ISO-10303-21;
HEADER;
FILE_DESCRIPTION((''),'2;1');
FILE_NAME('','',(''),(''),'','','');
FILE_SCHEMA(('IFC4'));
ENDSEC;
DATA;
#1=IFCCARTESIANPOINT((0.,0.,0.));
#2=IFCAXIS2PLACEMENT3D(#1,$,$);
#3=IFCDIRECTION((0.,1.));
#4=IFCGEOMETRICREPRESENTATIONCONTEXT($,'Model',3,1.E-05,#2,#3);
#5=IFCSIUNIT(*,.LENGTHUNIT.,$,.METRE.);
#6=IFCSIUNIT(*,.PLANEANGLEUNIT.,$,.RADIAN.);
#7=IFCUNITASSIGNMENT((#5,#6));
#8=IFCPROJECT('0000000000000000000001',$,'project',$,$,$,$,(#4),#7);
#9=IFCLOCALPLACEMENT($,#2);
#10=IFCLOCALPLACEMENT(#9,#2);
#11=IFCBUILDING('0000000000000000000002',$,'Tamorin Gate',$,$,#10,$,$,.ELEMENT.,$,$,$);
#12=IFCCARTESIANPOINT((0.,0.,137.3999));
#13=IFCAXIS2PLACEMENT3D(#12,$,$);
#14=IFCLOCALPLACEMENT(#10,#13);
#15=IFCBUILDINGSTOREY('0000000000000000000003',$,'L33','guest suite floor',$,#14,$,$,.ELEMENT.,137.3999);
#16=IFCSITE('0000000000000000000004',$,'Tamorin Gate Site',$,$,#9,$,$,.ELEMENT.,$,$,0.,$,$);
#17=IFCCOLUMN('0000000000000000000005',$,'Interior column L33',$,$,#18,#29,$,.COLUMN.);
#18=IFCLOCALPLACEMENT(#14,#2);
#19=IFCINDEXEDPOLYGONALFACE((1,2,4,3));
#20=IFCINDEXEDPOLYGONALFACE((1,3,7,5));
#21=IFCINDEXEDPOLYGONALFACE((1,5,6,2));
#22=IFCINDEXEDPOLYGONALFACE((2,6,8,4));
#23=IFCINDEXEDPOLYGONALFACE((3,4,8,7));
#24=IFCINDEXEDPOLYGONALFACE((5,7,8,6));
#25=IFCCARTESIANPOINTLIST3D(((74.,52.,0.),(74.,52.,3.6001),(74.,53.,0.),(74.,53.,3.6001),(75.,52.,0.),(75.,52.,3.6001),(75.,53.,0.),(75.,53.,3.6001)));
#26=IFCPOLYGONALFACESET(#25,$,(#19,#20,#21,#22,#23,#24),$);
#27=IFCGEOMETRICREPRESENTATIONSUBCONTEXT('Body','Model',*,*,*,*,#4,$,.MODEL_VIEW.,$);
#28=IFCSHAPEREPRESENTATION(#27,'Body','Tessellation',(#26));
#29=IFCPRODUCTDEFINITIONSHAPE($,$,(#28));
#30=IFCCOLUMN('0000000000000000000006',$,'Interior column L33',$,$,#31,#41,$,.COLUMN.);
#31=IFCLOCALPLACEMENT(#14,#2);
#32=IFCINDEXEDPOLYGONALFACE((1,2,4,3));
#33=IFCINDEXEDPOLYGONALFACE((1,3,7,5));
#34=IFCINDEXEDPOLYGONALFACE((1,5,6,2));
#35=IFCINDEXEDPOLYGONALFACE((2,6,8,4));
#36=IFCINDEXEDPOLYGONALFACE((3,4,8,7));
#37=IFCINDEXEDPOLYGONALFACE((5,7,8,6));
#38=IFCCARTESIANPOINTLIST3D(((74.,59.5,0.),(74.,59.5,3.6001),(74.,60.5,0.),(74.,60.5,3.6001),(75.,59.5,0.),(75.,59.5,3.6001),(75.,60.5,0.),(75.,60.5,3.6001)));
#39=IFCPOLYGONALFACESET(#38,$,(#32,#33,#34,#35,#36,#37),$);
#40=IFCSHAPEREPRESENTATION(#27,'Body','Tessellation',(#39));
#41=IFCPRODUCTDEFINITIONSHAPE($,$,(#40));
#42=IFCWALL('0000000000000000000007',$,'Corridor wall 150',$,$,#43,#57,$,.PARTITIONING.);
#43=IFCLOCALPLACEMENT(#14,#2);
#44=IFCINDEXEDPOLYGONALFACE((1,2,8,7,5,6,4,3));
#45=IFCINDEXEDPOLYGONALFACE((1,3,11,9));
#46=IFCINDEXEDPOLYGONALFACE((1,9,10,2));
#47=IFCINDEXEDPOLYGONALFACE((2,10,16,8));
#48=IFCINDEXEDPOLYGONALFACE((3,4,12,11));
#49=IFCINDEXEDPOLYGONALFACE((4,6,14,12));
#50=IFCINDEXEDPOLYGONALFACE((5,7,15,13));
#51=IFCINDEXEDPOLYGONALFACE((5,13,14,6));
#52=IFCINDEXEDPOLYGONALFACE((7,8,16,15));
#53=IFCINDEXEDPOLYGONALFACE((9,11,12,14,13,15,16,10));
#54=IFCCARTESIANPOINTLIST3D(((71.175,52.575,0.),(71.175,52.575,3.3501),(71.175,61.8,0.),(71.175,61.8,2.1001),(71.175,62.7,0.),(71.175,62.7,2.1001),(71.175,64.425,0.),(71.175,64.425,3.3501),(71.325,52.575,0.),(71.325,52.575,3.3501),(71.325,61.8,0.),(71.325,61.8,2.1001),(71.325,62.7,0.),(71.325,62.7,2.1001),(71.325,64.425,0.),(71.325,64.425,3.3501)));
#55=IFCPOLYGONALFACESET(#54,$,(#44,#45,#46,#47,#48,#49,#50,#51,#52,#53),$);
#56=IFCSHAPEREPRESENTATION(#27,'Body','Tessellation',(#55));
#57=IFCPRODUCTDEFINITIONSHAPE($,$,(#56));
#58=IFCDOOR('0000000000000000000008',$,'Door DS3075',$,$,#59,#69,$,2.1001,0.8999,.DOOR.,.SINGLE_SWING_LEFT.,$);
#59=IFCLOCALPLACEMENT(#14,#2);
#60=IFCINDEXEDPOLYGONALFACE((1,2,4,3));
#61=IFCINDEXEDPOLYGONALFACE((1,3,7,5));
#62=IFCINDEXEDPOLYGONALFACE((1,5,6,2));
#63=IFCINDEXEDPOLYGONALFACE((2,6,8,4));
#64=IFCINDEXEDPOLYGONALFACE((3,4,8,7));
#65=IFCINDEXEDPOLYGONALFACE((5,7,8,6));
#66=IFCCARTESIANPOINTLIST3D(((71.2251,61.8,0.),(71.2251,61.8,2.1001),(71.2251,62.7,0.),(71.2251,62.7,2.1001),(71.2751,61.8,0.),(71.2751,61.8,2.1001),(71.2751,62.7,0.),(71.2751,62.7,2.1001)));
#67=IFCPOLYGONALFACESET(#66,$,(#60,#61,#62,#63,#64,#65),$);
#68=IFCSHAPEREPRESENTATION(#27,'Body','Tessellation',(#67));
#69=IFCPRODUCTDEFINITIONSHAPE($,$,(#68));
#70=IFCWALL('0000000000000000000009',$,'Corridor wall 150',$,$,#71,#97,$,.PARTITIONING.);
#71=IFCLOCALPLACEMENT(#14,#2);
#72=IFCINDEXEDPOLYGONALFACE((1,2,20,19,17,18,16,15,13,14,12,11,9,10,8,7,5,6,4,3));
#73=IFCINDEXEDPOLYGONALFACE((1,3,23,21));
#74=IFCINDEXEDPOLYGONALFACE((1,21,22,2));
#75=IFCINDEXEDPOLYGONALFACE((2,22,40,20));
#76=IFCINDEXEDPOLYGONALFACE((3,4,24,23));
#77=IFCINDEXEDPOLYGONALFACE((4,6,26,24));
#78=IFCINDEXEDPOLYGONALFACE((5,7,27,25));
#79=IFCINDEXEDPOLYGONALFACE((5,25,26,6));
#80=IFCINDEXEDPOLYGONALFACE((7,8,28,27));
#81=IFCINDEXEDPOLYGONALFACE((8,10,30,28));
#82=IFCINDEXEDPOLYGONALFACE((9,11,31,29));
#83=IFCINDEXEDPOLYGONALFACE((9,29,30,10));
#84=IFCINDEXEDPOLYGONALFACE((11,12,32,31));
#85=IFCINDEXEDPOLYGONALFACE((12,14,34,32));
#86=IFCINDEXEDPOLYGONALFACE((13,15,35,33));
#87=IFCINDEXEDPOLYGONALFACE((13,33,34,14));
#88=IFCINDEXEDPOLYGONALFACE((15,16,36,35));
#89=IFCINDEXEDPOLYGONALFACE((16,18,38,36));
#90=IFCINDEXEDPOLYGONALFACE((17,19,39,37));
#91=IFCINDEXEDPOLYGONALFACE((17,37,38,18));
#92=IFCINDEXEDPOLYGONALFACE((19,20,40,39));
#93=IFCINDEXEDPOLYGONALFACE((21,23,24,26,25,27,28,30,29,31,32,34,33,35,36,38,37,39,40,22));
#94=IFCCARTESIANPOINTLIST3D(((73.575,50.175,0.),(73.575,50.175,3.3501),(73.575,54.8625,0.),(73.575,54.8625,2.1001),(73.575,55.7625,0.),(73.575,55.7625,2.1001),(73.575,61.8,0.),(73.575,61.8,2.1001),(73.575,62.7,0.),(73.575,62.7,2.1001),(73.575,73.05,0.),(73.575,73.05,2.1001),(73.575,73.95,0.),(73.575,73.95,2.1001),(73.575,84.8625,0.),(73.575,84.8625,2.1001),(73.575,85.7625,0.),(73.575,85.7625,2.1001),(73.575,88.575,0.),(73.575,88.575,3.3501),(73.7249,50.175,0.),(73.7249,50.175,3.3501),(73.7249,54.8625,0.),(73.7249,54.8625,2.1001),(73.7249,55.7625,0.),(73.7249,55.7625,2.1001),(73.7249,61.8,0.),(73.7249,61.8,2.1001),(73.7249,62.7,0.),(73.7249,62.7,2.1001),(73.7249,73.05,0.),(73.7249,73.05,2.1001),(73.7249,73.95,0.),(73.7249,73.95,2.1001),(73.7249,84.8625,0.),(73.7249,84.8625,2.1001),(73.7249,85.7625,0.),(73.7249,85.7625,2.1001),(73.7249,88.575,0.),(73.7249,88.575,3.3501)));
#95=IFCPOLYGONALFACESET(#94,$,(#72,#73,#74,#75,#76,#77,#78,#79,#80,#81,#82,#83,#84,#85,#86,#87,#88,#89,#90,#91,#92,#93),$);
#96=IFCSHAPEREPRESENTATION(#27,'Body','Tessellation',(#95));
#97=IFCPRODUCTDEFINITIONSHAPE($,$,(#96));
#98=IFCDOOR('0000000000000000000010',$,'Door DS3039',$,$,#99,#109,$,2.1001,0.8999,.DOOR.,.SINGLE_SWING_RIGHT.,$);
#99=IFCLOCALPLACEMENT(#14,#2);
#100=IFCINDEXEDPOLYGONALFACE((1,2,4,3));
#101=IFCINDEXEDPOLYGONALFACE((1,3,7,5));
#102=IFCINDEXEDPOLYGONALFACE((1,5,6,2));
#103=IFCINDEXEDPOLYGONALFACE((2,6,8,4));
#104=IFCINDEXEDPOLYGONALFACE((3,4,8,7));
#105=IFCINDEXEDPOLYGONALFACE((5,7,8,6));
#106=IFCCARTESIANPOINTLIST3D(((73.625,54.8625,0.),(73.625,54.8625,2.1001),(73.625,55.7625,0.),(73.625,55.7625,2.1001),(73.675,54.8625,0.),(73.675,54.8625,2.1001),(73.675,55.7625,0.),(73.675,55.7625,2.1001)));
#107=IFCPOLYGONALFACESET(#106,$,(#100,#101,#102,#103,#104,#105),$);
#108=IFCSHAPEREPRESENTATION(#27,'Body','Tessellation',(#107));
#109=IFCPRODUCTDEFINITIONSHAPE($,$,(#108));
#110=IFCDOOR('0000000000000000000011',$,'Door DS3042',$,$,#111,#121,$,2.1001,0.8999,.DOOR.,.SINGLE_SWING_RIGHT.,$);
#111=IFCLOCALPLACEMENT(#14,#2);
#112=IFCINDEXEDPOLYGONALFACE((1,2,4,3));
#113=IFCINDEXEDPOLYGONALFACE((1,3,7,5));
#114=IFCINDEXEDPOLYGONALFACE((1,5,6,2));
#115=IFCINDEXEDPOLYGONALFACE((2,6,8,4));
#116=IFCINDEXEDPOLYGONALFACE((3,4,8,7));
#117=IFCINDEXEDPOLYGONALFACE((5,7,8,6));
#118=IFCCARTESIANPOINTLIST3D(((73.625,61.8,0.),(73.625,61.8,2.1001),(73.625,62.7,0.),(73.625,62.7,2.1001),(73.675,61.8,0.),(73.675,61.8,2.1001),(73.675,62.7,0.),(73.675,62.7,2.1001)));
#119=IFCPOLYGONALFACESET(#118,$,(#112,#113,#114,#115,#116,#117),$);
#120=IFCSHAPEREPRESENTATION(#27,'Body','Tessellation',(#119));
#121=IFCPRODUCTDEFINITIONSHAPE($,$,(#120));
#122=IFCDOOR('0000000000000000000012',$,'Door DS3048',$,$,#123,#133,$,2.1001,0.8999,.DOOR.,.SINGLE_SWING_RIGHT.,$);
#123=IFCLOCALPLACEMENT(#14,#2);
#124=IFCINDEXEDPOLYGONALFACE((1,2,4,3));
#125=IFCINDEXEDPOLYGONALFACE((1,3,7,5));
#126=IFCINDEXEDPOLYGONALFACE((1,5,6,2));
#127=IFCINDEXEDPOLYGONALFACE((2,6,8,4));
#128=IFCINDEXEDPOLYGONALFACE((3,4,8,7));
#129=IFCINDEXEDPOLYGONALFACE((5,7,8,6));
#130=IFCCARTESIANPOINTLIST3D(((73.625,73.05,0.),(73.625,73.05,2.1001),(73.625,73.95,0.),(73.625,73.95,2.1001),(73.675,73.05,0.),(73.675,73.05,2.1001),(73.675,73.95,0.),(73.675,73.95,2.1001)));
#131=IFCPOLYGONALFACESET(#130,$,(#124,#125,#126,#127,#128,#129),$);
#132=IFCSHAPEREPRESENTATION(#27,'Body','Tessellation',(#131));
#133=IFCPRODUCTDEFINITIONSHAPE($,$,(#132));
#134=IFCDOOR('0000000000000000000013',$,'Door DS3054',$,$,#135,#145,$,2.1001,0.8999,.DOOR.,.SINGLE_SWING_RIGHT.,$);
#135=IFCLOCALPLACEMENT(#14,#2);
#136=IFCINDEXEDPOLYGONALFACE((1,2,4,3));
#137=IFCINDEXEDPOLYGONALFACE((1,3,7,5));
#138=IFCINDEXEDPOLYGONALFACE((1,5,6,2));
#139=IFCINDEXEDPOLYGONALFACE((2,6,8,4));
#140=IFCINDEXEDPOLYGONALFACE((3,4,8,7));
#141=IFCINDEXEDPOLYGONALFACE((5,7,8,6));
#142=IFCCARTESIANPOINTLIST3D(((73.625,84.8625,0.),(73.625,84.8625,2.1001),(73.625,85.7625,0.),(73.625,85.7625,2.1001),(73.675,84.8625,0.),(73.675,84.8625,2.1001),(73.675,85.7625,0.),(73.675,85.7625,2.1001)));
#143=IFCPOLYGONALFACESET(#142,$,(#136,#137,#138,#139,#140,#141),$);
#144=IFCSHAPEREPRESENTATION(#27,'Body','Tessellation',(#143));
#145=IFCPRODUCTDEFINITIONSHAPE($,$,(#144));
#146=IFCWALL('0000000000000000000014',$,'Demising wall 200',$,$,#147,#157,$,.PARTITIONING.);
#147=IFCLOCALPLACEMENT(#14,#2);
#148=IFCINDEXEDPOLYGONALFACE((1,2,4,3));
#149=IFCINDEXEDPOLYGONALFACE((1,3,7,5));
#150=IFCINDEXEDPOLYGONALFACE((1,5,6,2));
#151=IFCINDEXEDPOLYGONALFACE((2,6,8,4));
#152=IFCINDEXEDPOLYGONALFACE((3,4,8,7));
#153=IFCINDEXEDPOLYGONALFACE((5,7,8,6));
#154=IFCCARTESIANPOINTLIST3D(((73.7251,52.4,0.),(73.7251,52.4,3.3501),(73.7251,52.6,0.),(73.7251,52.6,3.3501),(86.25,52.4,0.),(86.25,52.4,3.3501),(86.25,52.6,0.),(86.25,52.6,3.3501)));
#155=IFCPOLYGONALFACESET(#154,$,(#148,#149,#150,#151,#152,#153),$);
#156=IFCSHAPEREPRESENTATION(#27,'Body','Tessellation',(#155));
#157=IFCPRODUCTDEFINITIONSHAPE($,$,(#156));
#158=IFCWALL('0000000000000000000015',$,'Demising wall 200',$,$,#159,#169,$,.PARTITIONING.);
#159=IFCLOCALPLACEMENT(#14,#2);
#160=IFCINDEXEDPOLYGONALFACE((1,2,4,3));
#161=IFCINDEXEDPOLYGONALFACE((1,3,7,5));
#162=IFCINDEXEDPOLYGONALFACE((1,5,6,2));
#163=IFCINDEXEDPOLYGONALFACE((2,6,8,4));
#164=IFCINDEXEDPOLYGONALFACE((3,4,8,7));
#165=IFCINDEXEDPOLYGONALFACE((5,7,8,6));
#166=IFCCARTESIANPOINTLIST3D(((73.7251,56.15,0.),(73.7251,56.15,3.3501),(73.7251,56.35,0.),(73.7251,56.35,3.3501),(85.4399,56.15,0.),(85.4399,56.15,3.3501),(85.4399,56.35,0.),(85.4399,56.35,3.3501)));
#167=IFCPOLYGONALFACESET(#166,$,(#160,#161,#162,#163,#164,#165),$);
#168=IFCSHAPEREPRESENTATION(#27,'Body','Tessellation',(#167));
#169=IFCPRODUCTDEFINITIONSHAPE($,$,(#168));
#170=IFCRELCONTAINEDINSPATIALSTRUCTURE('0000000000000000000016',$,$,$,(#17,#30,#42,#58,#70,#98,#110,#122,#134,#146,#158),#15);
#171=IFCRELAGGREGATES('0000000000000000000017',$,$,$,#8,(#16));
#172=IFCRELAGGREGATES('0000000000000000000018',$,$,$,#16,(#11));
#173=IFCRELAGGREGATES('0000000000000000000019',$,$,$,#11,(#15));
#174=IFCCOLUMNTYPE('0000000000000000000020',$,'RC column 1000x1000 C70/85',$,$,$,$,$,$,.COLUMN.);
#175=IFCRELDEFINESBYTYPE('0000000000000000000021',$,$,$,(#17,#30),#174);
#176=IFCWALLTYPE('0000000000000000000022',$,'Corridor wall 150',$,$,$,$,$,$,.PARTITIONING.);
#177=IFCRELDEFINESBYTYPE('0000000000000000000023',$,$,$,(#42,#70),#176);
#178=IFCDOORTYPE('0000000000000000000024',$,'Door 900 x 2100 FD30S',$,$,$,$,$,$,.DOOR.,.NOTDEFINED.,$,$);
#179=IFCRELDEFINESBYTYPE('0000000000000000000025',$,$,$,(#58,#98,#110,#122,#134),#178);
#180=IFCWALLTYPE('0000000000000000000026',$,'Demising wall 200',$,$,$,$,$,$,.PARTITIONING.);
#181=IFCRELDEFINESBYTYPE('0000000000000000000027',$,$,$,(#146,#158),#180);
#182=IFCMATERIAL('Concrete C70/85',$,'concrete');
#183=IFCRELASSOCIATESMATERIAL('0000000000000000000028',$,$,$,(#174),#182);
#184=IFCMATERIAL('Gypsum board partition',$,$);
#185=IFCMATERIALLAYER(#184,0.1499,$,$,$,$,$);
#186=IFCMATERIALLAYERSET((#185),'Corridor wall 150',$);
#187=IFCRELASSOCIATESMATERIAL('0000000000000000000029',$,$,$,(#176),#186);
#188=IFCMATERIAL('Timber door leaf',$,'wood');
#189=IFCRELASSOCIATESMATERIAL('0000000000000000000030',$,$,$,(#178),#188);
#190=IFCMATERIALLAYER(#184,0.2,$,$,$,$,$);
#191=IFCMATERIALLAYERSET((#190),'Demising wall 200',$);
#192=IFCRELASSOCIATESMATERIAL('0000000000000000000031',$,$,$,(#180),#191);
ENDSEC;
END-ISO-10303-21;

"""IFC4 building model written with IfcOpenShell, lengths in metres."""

from ifc_helpers import new_model, si_unit, direction, frame, frame_2d, origin, origin_2d, place, context, subcontext, project, spatial, rectangle, extrude, material, layer, layer_set, material_profile, profile_set, type_object, element, fill, save


model = new_model("IFC4")

# Units and contexts
model_context = context("Model", 3, precision=1e-05, world=origin(), true_north=direction((0.0, 1.0)))
body_context = subcontext(model_context, "Body", "Model", "MODEL_VIEW")
ifc_project = project(units=[si_unit("LENGTHUNIT", "METRE"), si_unit("PLANEANGLEUNIT", "RADIAN")], contexts=[model_context])

# Site, building, storey
site_placement = place(None, origin())
site = spatial("IfcSite", under=ifc_project, at=site_placement, Name="Tamorin Gate Site", CompositionType="ELEMENT", RefElevation=0.0)
building_placement = place(site_placement, origin())
building = spatial("IfcBuilding", under=site, at=building_placement, Name="Tamorin Gate", CompositionType="ELEMENT")
storey_placement = place(building_placement, frame((0.0, 0.0, 137.3999)))
storey = spatial("IfcBuildingStorey", under=building, at=storey_placement, Name="L33", Description="guest suite floor", CompositionType="ELEMENT", Elevation=137.3999)

# Columns
ifc_material_1 = material(Name="Concrete C70/85", Category="concrete")
ifc_material_profile = material_profile(ifc_material_1, rectangle(XDim=1.0, YDim=1.0, at=origin_2d()), Name="RC 1000x1000")
ifc_profile_set = profile_set([ifc_material_profile], Name="Concrete C70/85")
column_type = type_object("IfcColumnType", Name="RC column 1000x1000 C70/85", PredefinedType="COLUMN", material=ifc_profile_set)
for number, where, z_axis, x_axis, name in (
    (1, (74.5, 52.5, 0.0), (0.0, 0.0, 1.0), (1.0, 0.0, 0.0), "Interior column L33"),
    (2, (74.5, 60.0, 0.0), (0.0, 0.0, 1.0), (1.0, 0.0, 0.0), "Interior column L33"),
):
    element("IfcColumn", number, at=place(storey_placement, frame(where, z_axis=z_axis, x_axis=x_axis)), inside=storey, type_object=column_type, Name=name, PredefinedType="COLUMN", context=body_context, shape_type="SweptSolid", body=[
        extrude(rectangle(XDim=1.0, YDim=1.0, at=origin_2d()), origin(), (0.0, 0.0, 1.0), 3.6001),
    ])

# Wall, opening, door
ifc_material_2 = material(Name="Gypsum board partition")
ifc_layer_1 = layer(ifc_material_2, 0.1499)
ifc_layer_set_1 = layer_set([ifc_layer_1], Name="Corridor wall 150")
wall_type_1 = type_object("IfcWallType", Name="Corridor wall 150", PredefinedType="PARTITIONING", material=ifc_layer_set_1)
wall_1_placement = place(storey_placement, frame((71.25, 52.575, 0.0), z_axis=(0.0, 0.0, 1.0), x_axis=(0.0, 1.0, 0.0)))
wall_1 = element("IfcWall", 3, at=wall_1_placement, inside=storey, type_object=wall_type_1, Name="Corridor wall 150", PredefinedType="PARTITIONING", context=body_context, shape_type="SweptSolid", body=[
    extrude(rectangle(XDim=11.8501, YDim=0.1499, at=frame_2d((5.925, 0.0))), origin(), (0.0, 0.0, 1.0), 3.3501),
])
opening_1_placement = place(wall_1_placement, frame((9.2251, 0.0, 0.0)))
opening_1 = element("IfcOpeningElement", 4, at=opening_1_placement, cuts=wall_1, PredefinedType="OPENING", context=body_context, shape_type="SweptSolid", body=[
    extrude(rectangle(XDim=0.8999, YDim=2.1001, at=frame_2d((0.45, 1.05))), frame((0.0, 0.085, 0.0), z_axis=(0.0, -1.0, 0.0), x_axis=(1.0, 0.0, 0.0)), (0.0, 0.0, 1.0), 0.1699),
])
ifc_material_3 = material(Name="Timber door leaf", Category="wood")
door_type_1 = type_object("IfcDoorType", Name="Door 900 x 2100 FD30S", OperationType="NOTDEFINED", PredefinedType="DOOR", material=ifc_material_3)
door_1_placement = place(opening_1_placement, origin())
door_1 = element("IfcDoor", 5, at=door_1_placement, inside=storey, type_object=door_type_1, Name="Door DS3075", OperationType="SINGLE_SWING_LEFT", OverallHeight=2.1001, OverallWidth=0.8999, PredefinedType="DOOR", context=body_context, shape_type="SweptSolid", body=[
    extrude(rectangle(XDim=0.8999, YDim=2.1001, at=frame_2d((0.45, 1.05))), frame((0.0, 0.0249, 0.0), z_axis=(0.0, -1.0, 0.0), x_axis=(1.0, 0.0, 0.0)), (0.0, 0.0, 1.0), 0.05),
])
fill(opening_1, door_1)

# Wall, openings, doors
wall_2_placement = place(storey_placement, frame((73.6499, 50.175, 0.0), z_axis=(0.0, 0.0, 1.0), x_axis=(0.0, 1.0, 0.0)))
wall_2 = element("IfcWall", 6, at=wall_2_placement, inside=storey, type_object=wall_type_1, Name="Corridor wall 150", PredefinedType="PARTITIONING", context=body_context, shape_type="SweptSolid", body=[
    extrude(rectangle(XDim=38.3999, YDim=0.1499, at=frame_2d((19.2, 0.0))), origin(), (0.0, 0.0, 1.0), 3.3501),
])
opening_2_placement = place(wall_2_placement, frame((4.6875, 0.0, 0.0)))
opening_2 = element("IfcOpeningElement", 7, at=opening_2_placement, cuts=wall_2, PredefinedType="OPENING", context=body_context, shape_type="SweptSolid", body=[
    extrude(rectangle(XDim=0.8999, YDim=2.1001, at=frame_2d((0.45, 1.05))), frame((0.0, 0.085, 0.0), z_axis=(0.0, -1.0, 0.0), x_axis=(1.0, 0.0, 0.0)), (0.0, 0.0, 1.0), 0.1699),
])
opening_3_placement = place(wall_2_placement, frame((11.625, 0.0, 0.0)))
opening_3 = element("IfcOpeningElement", 8, at=opening_3_placement, cuts=wall_2, PredefinedType="OPENING", context=body_context, shape_type="SweptSolid", body=[
    extrude(rectangle(XDim=0.8999, YDim=2.1001, at=frame_2d((0.45, 1.05))), frame((0.0, 0.085, 0.0), z_axis=(0.0, -1.0, 0.0), x_axis=(1.0, 0.0, 0.0)), (0.0, 0.0, 1.0), 0.1699),
])
opening_4_placement = place(wall_2_placement, frame((22.875, 0.0, 0.0)))
opening_4 = element("IfcOpeningElement", 9, at=opening_4_placement, cuts=wall_2, PredefinedType="OPENING", context=body_context, shape_type="SweptSolid", body=[
    extrude(rectangle(XDim=0.8999, YDim=2.1001, at=frame_2d((0.45, 1.05))), frame((0.0, 0.085, 0.0), z_axis=(0.0, -1.0, 0.0), x_axis=(1.0, 0.0, 0.0)), (0.0, 0.0, 1.0), 0.1699),
])
opening_5_placement = place(wall_2_placement, frame((34.6875, 0.0, 0.0)))
opening_5 = element("IfcOpeningElement", 10, at=opening_5_placement, cuts=wall_2, PredefinedType="OPENING", context=body_context, shape_type="SweptSolid", body=[
    extrude(rectangle(XDim=0.8999, YDim=2.1001, at=frame_2d((0.45, 1.05))), frame((0.0, 0.085, 0.0), z_axis=(0.0, -1.0, 0.0), x_axis=(1.0, 0.0, 0.0)), (0.0, 0.0, 1.0), 0.1699),
])
door_2_placement = place(opening_2_placement, origin())
door_2 = element("IfcDoor", 11, at=door_2_placement, inside=storey, type_object=door_type_1, Name="Door DS3039", OperationType="SINGLE_SWING_RIGHT", OverallHeight=2.1001, OverallWidth=0.8999, PredefinedType="DOOR", context=body_context, shape_type="SweptSolid", body=[
    extrude(rectangle(XDim=0.8999, YDim=2.1001, at=frame_2d((0.45, 1.05))), frame((0.0, 0.0249, 0.0), z_axis=(0.0, -1.0, 0.0), x_axis=(1.0, 0.0, 0.0)), (0.0, 0.0, 1.0), 0.05),
])
fill(opening_2, door_2)
door_3_placement = place(opening_3_placement, origin())
door_3 = element("IfcDoor", 12, at=door_3_placement, inside=storey, type_object=door_type_1, Name="Door DS3042", OperationType="SINGLE_SWING_RIGHT", OverallHeight=2.1001, OverallWidth=0.8999, PredefinedType="DOOR", context=body_context, shape_type="SweptSolid", body=[
    extrude(rectangle(XDim=0.8999, YDim=2.1001, at=frame_2d((0.45, 1.05))), frame((0.0, 0.0249, 0.0), z_axis=(0.0, -1.0, 0.0), x_axis=(1.0, 0.0, 0.0)), (0.0, 0.0, 1.0), 0.05),
])
fill(opening_3, door_3)
door_4_placement = place(opening_4_placement, origin())
door_4 = element("IfcDoor", 13, at=door_4_placement, inside=storey, type_object=door_type_1, Name="Door DS3048", OperationType="SINGLE_SWING_RIGHT", OverallHeight=2.1001, OverallWidth=0.8999, PredefinedType="DOOR", context=body_context, shape_type="SweptSolid", body=[
    extrude(rectangle(XDim=0.8999, YDim=2.1001, at=frame_2d((0.45, 1.05))), frame((0.0, 0.0249, 0.0), z_axis=(0.0, -1.0, 0.0), x_axis=(1.0, 0.0, 0.0)), (0.0, 0.0, 1.0), 0.05),
])
fill(opening_4, door_4)
door_5_placement = place(opening_5_placement, origin())
door_5 = element("IfcDoor", 14, at=door_5_placement, inside=storey, type_object=door_type_1, Name="Door DS3054", OperationType="SINGLE_SWING_RIGHT", OverallHeight=2.1001, OverallWidth=0.8999, PredefinedType="DOOR", context=body_context, shape_type="SweptSolid", body=[
    extrude(rectangle(XDim=0.8999, YDim=2.1001, at=frame_2d((0.45, 1.05))), frame((0.0, 0.0249, 0.0), z_axis=(0.0, -1.0, 0.0), x_axis=(1.0, 0.0, 0.0)), (0.0, 0.0, 1.0), 0.05),
])
fill(opening_5, door_5)

# Walls
ifc_layer_2 = layer(ifc_material_2, 0.2)
ifc_layer_set_2 = layer_set([ifc_layer_2], Name="Demising wall 200")
wall_type_2 = type_object("IfcWallType", Name="Demising wall 200", PredefinedType="PARTITIONING", material=ifc_layer_set_2)
wall_3_placement = place(storey_placement, frame((73.7251, 52.5, 0.0), z_axis=(0.0, 0.0, 1.0), x_axis=(1.0, 0.0, 0.0)))
element("IfcWall", 15, at=wall_3_placement, inside=storey, type_object=wall_type_2, Name="Demising wall 200", PredefinedType="PARTITIONING", context=body_context, shape_type="SweptSolid", body=[
    extrude(rectangle(XDim=12.5249, YDim=0.2, at=frame_2d((6.2625, 0.0))), origin(), (0.0, 0.0, 1.0), 3.3501),
])
wall_4_placement = place(storey_placement, frame((73.7251, 56.25, 0.0), z_axis=(0.0, 0.0, 1.0), x_axis=(1.0, 0.0, 0.0)))
element("IfcWall", 16, at=wall_4_placement, inside=storey, type_object=wall_type_2, Name="Demising wall 200", PredefinedType="PARTITIONING", context=body_context, shape_type="SweptSolid", body=[
    extrude(rectangle(XDim=11.7148, YDim=0.2, at=frame_2d((5.8574, 0.0))), origin(), (0.0, 0.0, 1.0), 3.3501),
])

save(model, "model.ifc")
